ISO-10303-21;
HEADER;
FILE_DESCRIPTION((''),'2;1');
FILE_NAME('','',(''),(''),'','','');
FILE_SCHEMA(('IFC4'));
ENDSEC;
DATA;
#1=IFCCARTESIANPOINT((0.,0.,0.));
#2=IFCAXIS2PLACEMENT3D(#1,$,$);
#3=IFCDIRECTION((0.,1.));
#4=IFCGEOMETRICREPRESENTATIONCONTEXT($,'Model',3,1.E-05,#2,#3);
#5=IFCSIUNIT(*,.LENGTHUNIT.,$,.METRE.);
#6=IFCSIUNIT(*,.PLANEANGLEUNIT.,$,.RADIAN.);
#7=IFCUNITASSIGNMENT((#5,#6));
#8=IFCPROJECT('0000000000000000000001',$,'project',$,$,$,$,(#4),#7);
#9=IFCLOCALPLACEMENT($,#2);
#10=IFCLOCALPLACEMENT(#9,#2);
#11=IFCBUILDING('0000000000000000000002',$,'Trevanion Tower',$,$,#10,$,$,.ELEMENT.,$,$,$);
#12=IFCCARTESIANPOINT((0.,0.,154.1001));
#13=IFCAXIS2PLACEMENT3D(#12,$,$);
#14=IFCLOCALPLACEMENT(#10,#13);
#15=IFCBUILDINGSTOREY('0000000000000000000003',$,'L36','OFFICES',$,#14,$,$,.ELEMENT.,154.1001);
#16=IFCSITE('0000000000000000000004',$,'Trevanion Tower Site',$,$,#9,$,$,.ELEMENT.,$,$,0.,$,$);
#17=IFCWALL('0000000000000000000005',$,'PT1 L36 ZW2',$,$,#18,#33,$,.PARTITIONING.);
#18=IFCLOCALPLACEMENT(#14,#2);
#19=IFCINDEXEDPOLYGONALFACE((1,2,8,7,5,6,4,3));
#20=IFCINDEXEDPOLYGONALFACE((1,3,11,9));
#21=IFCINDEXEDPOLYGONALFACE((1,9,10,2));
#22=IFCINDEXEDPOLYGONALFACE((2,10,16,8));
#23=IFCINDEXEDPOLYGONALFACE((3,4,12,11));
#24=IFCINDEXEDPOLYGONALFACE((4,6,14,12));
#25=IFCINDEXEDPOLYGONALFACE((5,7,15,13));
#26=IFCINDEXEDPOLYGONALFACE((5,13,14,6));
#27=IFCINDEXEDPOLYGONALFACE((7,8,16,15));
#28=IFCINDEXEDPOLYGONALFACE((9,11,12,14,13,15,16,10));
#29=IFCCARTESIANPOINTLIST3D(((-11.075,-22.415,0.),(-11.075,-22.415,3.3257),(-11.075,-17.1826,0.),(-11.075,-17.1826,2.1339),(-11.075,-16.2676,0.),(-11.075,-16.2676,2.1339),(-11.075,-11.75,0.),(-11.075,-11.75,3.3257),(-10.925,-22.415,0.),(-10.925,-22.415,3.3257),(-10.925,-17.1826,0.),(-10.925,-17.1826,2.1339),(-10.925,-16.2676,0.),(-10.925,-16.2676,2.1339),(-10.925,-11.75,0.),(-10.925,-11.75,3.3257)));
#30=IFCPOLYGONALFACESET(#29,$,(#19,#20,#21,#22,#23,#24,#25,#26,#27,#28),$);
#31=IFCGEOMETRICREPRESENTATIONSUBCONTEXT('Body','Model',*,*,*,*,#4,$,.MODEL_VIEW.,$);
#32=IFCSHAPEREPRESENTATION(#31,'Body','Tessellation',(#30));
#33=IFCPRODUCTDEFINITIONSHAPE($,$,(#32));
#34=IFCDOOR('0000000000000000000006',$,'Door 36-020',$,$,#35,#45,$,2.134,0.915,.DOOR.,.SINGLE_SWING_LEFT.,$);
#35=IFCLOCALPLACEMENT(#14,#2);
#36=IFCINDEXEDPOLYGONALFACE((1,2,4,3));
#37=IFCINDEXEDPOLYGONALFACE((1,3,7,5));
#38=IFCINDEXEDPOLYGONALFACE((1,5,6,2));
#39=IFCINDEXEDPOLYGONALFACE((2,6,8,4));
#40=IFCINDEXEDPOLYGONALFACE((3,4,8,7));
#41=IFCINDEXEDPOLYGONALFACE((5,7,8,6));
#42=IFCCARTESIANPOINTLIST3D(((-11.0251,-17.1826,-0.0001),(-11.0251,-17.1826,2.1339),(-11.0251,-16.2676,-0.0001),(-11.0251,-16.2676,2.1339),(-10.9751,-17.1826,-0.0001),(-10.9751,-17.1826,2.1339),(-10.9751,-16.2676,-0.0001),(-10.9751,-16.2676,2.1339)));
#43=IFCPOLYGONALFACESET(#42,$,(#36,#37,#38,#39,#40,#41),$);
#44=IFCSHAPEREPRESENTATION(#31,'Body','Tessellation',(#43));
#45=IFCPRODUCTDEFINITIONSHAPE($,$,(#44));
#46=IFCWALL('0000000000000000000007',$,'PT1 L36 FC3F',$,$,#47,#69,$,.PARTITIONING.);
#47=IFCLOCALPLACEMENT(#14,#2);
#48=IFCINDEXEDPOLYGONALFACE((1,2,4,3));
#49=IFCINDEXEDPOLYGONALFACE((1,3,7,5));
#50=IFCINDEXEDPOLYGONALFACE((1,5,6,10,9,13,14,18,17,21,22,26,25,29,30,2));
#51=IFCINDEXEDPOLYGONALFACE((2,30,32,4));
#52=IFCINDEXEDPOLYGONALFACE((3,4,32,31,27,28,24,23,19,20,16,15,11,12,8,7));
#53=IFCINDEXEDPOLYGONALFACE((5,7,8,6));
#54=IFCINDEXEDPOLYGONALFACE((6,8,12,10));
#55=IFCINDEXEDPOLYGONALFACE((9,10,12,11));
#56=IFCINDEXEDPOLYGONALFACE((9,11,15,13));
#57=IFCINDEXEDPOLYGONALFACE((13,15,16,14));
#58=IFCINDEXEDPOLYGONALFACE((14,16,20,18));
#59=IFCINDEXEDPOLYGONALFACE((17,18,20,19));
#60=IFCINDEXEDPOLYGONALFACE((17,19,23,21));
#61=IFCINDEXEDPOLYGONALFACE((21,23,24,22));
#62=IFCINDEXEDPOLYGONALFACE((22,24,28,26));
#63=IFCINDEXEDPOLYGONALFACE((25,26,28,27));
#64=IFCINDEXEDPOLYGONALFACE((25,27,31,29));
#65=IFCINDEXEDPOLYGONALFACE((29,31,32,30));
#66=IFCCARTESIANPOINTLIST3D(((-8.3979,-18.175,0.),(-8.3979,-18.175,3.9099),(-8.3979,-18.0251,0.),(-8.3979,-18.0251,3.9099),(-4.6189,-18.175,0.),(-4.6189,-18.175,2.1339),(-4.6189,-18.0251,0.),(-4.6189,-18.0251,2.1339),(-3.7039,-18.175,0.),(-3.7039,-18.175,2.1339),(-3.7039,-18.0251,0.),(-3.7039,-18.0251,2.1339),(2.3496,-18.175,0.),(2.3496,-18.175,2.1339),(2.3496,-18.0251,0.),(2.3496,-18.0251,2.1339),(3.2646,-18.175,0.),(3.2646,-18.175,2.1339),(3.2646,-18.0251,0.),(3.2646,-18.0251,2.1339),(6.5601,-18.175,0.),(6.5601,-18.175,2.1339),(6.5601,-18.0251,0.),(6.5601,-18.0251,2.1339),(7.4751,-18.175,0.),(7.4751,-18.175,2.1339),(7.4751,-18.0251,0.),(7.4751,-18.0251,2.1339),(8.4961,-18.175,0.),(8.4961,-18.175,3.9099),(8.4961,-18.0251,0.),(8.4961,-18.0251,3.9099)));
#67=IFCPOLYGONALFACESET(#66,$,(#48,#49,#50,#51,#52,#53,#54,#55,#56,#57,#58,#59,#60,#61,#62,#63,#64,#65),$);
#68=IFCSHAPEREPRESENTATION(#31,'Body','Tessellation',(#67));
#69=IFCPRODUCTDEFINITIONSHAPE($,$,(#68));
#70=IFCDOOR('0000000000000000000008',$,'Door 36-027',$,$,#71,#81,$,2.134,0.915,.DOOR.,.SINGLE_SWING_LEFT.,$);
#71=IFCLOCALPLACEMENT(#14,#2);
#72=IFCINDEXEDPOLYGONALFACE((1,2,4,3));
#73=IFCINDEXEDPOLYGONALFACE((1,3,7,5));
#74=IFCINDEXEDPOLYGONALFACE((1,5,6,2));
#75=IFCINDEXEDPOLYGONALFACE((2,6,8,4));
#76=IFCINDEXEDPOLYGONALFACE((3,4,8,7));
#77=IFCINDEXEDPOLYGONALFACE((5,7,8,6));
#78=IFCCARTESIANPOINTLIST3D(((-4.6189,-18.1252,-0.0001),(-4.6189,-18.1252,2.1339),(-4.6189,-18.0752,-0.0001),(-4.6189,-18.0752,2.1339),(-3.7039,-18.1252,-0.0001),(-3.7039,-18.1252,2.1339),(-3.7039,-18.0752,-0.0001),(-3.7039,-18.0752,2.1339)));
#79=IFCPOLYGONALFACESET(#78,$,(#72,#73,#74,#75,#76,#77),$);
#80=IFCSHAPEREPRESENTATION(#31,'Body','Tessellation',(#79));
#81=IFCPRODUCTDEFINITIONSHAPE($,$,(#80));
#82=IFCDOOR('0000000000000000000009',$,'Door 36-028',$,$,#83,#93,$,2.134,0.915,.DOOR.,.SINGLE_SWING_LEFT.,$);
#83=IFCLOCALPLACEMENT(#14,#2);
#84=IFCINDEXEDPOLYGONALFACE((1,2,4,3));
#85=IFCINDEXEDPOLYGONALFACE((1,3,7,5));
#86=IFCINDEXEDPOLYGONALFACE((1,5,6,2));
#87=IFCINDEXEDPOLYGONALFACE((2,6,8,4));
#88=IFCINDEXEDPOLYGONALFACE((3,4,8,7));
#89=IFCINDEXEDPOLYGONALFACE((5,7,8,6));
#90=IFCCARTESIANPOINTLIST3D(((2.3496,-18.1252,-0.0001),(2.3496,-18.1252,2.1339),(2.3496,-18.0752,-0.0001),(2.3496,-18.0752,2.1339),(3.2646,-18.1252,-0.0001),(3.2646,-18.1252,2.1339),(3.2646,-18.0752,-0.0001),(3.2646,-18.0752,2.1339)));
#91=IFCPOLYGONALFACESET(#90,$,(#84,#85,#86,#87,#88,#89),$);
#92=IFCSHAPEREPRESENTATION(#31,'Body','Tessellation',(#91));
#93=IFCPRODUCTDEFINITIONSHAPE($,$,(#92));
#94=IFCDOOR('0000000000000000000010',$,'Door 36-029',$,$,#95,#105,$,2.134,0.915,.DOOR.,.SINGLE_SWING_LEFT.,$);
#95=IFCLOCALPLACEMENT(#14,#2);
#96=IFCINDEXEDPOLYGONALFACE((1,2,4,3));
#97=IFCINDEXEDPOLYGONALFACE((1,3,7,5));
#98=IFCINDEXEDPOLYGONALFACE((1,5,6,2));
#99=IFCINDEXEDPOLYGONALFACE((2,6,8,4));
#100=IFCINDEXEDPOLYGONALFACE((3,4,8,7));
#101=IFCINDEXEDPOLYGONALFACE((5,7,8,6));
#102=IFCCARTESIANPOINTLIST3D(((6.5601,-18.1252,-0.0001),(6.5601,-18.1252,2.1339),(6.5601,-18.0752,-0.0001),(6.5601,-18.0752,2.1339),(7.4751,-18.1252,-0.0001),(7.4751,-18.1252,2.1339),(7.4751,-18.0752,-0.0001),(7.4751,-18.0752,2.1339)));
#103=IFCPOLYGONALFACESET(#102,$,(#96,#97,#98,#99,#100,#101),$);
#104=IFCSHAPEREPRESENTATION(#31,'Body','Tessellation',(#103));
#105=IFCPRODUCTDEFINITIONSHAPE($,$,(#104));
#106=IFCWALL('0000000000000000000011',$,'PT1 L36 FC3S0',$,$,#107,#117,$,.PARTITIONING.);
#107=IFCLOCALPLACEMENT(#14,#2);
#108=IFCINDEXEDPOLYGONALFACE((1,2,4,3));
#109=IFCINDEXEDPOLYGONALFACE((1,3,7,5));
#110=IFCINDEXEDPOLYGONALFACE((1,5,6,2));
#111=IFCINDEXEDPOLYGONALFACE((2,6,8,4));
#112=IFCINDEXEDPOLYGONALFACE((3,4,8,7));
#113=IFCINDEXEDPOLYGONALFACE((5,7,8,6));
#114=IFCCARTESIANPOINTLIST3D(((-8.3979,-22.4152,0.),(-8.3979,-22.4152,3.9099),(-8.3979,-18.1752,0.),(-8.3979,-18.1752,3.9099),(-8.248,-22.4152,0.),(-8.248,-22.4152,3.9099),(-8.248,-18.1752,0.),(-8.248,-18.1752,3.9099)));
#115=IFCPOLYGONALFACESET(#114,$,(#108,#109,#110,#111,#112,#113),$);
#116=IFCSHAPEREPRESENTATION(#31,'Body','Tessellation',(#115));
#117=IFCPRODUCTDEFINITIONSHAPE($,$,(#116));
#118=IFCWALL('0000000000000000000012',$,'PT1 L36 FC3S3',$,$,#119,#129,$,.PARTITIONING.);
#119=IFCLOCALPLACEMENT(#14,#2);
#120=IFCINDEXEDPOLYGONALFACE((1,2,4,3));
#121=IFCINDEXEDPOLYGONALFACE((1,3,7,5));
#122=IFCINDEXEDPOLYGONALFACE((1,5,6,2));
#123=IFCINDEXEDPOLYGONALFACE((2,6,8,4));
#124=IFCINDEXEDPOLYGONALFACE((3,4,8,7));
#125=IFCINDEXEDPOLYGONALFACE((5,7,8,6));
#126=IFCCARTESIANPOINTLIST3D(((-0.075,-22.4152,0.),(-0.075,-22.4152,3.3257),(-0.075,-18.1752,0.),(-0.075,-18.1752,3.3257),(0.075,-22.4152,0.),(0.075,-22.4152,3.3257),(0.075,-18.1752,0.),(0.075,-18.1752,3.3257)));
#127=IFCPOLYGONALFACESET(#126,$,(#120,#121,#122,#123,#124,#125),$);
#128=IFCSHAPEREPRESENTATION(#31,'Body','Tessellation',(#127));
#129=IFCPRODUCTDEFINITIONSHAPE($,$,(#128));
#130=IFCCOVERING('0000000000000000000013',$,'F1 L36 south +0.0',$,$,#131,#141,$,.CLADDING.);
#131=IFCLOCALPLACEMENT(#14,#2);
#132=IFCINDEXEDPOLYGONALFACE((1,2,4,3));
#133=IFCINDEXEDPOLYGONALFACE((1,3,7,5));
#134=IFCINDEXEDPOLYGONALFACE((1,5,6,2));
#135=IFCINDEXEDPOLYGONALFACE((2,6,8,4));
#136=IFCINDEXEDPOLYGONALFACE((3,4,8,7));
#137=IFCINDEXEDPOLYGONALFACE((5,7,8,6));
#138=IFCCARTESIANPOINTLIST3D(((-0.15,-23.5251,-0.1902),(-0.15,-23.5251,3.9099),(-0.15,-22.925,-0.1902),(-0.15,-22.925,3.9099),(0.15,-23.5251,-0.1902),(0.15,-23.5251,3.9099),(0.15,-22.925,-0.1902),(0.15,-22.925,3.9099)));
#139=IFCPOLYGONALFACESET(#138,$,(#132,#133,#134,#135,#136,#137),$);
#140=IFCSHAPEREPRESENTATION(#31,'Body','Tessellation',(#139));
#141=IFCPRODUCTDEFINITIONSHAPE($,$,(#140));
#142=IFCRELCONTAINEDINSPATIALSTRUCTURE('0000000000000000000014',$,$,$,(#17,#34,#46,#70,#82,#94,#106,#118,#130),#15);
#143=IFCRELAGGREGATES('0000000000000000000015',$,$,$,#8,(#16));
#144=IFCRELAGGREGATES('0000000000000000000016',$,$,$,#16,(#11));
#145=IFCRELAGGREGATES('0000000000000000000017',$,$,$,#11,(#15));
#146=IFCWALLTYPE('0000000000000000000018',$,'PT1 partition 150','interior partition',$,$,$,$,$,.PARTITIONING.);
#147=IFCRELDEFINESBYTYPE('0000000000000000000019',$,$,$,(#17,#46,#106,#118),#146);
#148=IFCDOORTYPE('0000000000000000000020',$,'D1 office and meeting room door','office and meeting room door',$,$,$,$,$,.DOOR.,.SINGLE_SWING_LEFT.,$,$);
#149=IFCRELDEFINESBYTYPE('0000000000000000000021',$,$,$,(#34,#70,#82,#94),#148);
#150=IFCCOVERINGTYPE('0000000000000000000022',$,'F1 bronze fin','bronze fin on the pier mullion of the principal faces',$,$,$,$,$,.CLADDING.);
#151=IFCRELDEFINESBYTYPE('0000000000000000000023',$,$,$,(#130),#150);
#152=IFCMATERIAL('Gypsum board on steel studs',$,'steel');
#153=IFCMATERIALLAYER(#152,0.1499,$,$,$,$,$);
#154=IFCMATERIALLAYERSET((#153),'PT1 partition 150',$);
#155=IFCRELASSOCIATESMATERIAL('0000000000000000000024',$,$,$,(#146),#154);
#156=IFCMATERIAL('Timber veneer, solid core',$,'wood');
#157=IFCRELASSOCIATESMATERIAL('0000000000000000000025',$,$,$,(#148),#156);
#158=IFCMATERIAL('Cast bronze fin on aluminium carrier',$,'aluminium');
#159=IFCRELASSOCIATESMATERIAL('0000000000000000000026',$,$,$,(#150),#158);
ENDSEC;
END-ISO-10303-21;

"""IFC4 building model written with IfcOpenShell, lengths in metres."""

from ifc_helpers import new_model, si_unit, direction, frame, frame_2d, origin, origin_2d, place, context, subcontext, project, spatial, rectangle, extrude, material, layer, layer_set, type_object, element, fill, save


model = new_model("IFC4")

# Units and contexts
model_context = context("Model", 3, precision=1e-05, world=origin(), true_north=direction((0.0, 1.0)))
body_context = subcontext(model_context, "Body", "Model", "MODEL_VIEW")
ifc_project = project(units=[si_unit("LENGTHUNIT", "METRE"), si_unit("PLANEANGLEUNIT", "RADIAN")], contexts=[model_context])

# Site, building, storey
site_placement = place(None, origin())
site = spatial("IfcSite", under=ifc_project, at=site_placement, Name="Trevanion Tower Site", CompositionType="ELEMENT", RefElevation=0.0)
building_placement = place(site_placement, origin())
building = spatial("IfcBuilding", under=site, at=building_placement, Name="Trevanion Tower", CompositionType="ELEMENT")
storey_placement = place(building_placement, frame((0.0, 0.0, 154.1001)))
storey = spatial("IfcBuildingStorey", under=building, at=storey_placement, Name="L36", Description="OFFICES", CompositionType="ELEMENT", Elevation=154.1001)

# Wall, opening, door
ifc_material_1 = material(Name="Gypsum board on steel studs", Category="steel")
ifc_layer_1 = layer(ifc_material_1, 0.1499)
ifc_layer_set_1 = layer_set([ifc_layer_1], Name="PT1 partition 150")
wall_type = type_object("IfcWallType", Name="PT1 partition 150", Description="interior partition", PredefinedType="PARTITIONING", material=ifc_layer_set_1)
wall_1_placement = place(storey_placement, frame((-11.0, -11.75, 0.0), z_axis=(0.0, 0.0, 1.0), x_axis=(0.0, -1.0, 0.0)))
wall_1 = element("IfcWall", 1, at=wall_1_placement, inside=storey, type_object=wall_type, Name="PT1 L36 ZW2", PredefinedType="PARTITIONING", context=body_context, shape_type="SweptSolid", body=[
    extrude(rectangle(XDim=10.665, YDim=0.1499, at=frame_2d((5.3325, 0.0))), origin(), (0.0, 0.0, 1.0), 3.3257),
])
opening_1_placement = place(wall_1_placement, frame((4.5176, 0.0, 0.0)))
opening_1 = element("IfcOpeningElement", 2, at=opening_1_placement, cuts=wall_1, PredefinedType="OPENING", context=body_context, shape_type="SweptSolid", body=[
    extrude(rectangle(XDim=0.915, YDim=2.134, at=frame_2d((0.4575, 1.0669))), frame((0.0, 0.085, 0.0), z_axis=(0.0, -1.0, 0.0), x_axis=(1.0, 0.0, 0.0)), (0.0, 0.0, 1.0), 0.1699),
])
ifc_material_2 = material(Name="Timber veneer, solid core", Category="wood")
door_type = type_object("IfcDoorType", Name="D1 office and meeting room door", Description="office and meeting room door", OperationType="SINGLE_SWING_LEFT", PredefinedType="DOOR", material=ifc_material_2)
door_1_placement = place(opening_1_placement, origin())
door_1 = element("IfcDoor", 3, at=door_1_placement, inside=storey, type_object=door_type, Name="Door 36-020", OperationType="SINGLE_SWING_LEFT", OverallHeight=2.134, OverallWidth=0.915, PredefinedType="DOOR", context=body_context, shape_type="SweptSolid", body=[
    extrude(rectangle(XDim=0.915, YDim=2.134, at=frame_2d((0.4575, 1.0669))), frame((0.0, 0.0249, 0.0), z_axis=(0.0, -1.0, 0.0), x_axis=(1.0, 0.0, 0.0)), (0.0, 0.0, 1.0), 0.05),
])
fill(opening_1, door_1)

# Wall, openings, doors
wall_2_placement = place(storey_placement, frame((-8.3979, -18.1001, 0.0), z_axis=(0.0, 0.0, 1.0), x_axis=(1.0, 0.0, 0.0)))
wall_2 = element("IfcWall", 4, at=wall_2_placement, inside=storey, type_object=wall_type, Name="PT1 L36 FC3F", PredefinedType="PARTITIONING", context=body_context, shape_type="SweptSolid", body=[
    extrude(rectangle(XDim=16.894, YDim=0.1499, at=frame_2d((8.447, 0.0))), origin(), (0.0, 0.0, 1.0), 3.9099),
])
opening_2_placement = place(wall_2_placement, frame((3.7791, 0.0, 0.0)))
opening_2 = element("IfcOpeningElement", 5, at=opening_2_placement, cuts=wall_2, PredefinedType="OPENING", context=body_context, shape_type="SweptSolid", body=[
    extrude(rectangle(XDim=0.915, YDim=2.134, at=frame_2d((0.4575, 1.0669))), frame((0.0, 0.085, 0.0), z_axis=(0.0, -1.0, 0.0), x_axis=(1.0, 0.0, 0.0)), (0.0, 0.0, 1.0), 0.1699),
])
opening_3_placement = place(wall_2_placement, frame((10.7476, 0.0, 0.0)))
opening_3 = element("IfcOpeningElement", 6, at=opening_3_placement, cuts=wall_2, PredefinedType="OPENING", context=body_context, shape_type="SweptSolid", body=[
    extrude(rectangle(XDim=0.915, YDim=2.134, at=frame_2d((0.4575, 1.0669))), frame((0.0, 0.085, 0.0), z_axis=(0.0, -1.0, 0.0), x_axis=(1.0, 0.0, 0.0)), (0.0, 0.0, 1.0), 0.1699),
])
opening_4_placement = place(wall_2_placement, frame((14.958, 0.0, 0.0)))
opening_4 = element("IfcOpeningElement", 7, at=opening_4_placement, cuts=wall_2, PredefinedType="OPENING", context=body_context, shape_type="SweptSolid", body=[
    extrude(rectangle(XDim=0.915, YDim=2.134, at=frame_2d((0.4575, 1.0669))), frame((0.0, 0.085, 0.0), z_axis=(0.0, -1.0, 0.0), x_axis=(1.0, 0.0, 0.0)), (0.0, 0.0, 1.0), 0.1699),
])
door_2_placement = place(opening_2_placement, origin())
door_2 = element("IfcDoor", 8, at=door_2_placement, inside=storey, type_object=door_type, Name="Door 36-027", OperationType="SINGLE_SWING_LEFT", OverallHeight=2.134, OverallWidth=0.915, PredefinedType="DOOR", context=body_context, shape_type="SweptSolid", body=[
    extrude(rectangle(XDim=0.915, YDim=2.134, at=frame_2d((0.4575, 1.0669))), frame((0.0, 0.0249, 0.0), z_axis=(0.0, -1.0, 0.0), x_axis=(1.0, 0.0, 0.0)), (0.0, 0.0, 1.0), 0.05),
])
fill(opening_2, door_2)
door_3_placement = place(opening_3_placement, origin())
door_3 = element("IfcDoor", 9, at=door_3_placement, inside=storey, type_object=door_type, Name="Door 36-028", OperationType="SINGLE_SWING_LEFT", OverallHeight=2.134, OverallWidth=0.915, PredefinedType="DOOR", context=body_context, shape_type="SweptSolid", body=[
    extrude(rectangle(XDim=0.915, YDim=2.134, at=frame_2d((0.4575, 1.0669))), frame((0.0, 0.0249, 0.0), z_axis=(0.0, -1.0, 0.0), x_axis=(1.0, 0.0, 0.0)), (0.0, 0.0, 1.0), 0.05),
])
fill(opening_3, door_3)
door_4_placement = place(opening_4_placement, origin())
door_4 = element("IfcDoor", 10, at=door_4_placement, inside=storey, type_object=door_type, Name="Door 36-029", OperationType="SINGLE_SWING_LEFT", OverallHeight=2.134, OverallWidth=0.915, PredefinedType="DOOR", context=body_context, shape_type="SweptSolid", body=[
    extrude(rectangle(XDim=0.915, YDim=2.134, at=frame_2d((0.4575, 1.0669))), frame((0.0, 0.0249, 0.0), z_axis=(0.0, -1.0, 0.0), x_axis=(1.0, 0.0, 0.0)), (0.0, 0.0, 1.0), 0.05),
])
fill(opening_4, door_4)

# Walls
wall_3_placement = place(storey_placement, frame((-8.323, -18.175, 0.0), z_axis=(0.0, 0.0, 1.0), x_axis=(0.0, -1.0, 0.0)))
element("IfcWall", 11, at=wall_3_placement, inside=storey, type_object=wall_type, Name="PT1 L36 FC3S0", PredefinedType="PARTITIONING", context=body_context, shape_type="SweptSolid", body=[
    extrude(rectangle(XDim=4.24, YDim=0.1499, at=frame_2d((2.1201, 0.0))), origin(), (0.0, 0.0, 1.0), 3.9099),
])
wall_4_placement = place(storey_placement, frame((0.0, -18.175, 0.0), z_axis=(0.0, 0.0, 1.0), x_axis=(0.0, -1.0, 0.0)))
element("IfcWall", 12, at=wall_4_placement, inside=storey, type_object=wall_type, Name="PT1 L36 FC3S3", PredefinedType="PARTITIONING", context=body_context, shape_type="SweptSolid", body=[
    extrude(rectangle(XDim=4.24, YDim=0.1499, at=frame_2d((2.1201, 0.0))), origin(), (0.0, 0.0, 1.0), 3.3257),
])

# Covering
ifc_material_3 = material(Name="Cast bronze fin on aluminium carrier", Category="aluminium")
covering_type = type_object("IfcCoveringType", Name="F1 bronze fin", Description="bronze fin on the pier mullion of the principal faces", PredefinedType="CLADDING", material=ifc_material_3)
covering_placement = place(storey_placement, frame((0.0, -23.2251, -0.1902), z_axis=(0.0, 0.0, 1.0), x_axis=(1.0, 0.0, 0.0)))
element("IfcCovering", 13, at=covering_placement, inside=storey, type_object=covering_type, Name="F1 L36 south +0.0", PredefinedType="CLADDING", context=body_context, shape_type="SweptSolid", body=[
    extrude(rectangle(XDim=0.3, YDim=0.6001, at=origin_2d()), origin(), (0.0, 0.0, 1.0), 4.1001),
])

save(model, "model.ifc")
